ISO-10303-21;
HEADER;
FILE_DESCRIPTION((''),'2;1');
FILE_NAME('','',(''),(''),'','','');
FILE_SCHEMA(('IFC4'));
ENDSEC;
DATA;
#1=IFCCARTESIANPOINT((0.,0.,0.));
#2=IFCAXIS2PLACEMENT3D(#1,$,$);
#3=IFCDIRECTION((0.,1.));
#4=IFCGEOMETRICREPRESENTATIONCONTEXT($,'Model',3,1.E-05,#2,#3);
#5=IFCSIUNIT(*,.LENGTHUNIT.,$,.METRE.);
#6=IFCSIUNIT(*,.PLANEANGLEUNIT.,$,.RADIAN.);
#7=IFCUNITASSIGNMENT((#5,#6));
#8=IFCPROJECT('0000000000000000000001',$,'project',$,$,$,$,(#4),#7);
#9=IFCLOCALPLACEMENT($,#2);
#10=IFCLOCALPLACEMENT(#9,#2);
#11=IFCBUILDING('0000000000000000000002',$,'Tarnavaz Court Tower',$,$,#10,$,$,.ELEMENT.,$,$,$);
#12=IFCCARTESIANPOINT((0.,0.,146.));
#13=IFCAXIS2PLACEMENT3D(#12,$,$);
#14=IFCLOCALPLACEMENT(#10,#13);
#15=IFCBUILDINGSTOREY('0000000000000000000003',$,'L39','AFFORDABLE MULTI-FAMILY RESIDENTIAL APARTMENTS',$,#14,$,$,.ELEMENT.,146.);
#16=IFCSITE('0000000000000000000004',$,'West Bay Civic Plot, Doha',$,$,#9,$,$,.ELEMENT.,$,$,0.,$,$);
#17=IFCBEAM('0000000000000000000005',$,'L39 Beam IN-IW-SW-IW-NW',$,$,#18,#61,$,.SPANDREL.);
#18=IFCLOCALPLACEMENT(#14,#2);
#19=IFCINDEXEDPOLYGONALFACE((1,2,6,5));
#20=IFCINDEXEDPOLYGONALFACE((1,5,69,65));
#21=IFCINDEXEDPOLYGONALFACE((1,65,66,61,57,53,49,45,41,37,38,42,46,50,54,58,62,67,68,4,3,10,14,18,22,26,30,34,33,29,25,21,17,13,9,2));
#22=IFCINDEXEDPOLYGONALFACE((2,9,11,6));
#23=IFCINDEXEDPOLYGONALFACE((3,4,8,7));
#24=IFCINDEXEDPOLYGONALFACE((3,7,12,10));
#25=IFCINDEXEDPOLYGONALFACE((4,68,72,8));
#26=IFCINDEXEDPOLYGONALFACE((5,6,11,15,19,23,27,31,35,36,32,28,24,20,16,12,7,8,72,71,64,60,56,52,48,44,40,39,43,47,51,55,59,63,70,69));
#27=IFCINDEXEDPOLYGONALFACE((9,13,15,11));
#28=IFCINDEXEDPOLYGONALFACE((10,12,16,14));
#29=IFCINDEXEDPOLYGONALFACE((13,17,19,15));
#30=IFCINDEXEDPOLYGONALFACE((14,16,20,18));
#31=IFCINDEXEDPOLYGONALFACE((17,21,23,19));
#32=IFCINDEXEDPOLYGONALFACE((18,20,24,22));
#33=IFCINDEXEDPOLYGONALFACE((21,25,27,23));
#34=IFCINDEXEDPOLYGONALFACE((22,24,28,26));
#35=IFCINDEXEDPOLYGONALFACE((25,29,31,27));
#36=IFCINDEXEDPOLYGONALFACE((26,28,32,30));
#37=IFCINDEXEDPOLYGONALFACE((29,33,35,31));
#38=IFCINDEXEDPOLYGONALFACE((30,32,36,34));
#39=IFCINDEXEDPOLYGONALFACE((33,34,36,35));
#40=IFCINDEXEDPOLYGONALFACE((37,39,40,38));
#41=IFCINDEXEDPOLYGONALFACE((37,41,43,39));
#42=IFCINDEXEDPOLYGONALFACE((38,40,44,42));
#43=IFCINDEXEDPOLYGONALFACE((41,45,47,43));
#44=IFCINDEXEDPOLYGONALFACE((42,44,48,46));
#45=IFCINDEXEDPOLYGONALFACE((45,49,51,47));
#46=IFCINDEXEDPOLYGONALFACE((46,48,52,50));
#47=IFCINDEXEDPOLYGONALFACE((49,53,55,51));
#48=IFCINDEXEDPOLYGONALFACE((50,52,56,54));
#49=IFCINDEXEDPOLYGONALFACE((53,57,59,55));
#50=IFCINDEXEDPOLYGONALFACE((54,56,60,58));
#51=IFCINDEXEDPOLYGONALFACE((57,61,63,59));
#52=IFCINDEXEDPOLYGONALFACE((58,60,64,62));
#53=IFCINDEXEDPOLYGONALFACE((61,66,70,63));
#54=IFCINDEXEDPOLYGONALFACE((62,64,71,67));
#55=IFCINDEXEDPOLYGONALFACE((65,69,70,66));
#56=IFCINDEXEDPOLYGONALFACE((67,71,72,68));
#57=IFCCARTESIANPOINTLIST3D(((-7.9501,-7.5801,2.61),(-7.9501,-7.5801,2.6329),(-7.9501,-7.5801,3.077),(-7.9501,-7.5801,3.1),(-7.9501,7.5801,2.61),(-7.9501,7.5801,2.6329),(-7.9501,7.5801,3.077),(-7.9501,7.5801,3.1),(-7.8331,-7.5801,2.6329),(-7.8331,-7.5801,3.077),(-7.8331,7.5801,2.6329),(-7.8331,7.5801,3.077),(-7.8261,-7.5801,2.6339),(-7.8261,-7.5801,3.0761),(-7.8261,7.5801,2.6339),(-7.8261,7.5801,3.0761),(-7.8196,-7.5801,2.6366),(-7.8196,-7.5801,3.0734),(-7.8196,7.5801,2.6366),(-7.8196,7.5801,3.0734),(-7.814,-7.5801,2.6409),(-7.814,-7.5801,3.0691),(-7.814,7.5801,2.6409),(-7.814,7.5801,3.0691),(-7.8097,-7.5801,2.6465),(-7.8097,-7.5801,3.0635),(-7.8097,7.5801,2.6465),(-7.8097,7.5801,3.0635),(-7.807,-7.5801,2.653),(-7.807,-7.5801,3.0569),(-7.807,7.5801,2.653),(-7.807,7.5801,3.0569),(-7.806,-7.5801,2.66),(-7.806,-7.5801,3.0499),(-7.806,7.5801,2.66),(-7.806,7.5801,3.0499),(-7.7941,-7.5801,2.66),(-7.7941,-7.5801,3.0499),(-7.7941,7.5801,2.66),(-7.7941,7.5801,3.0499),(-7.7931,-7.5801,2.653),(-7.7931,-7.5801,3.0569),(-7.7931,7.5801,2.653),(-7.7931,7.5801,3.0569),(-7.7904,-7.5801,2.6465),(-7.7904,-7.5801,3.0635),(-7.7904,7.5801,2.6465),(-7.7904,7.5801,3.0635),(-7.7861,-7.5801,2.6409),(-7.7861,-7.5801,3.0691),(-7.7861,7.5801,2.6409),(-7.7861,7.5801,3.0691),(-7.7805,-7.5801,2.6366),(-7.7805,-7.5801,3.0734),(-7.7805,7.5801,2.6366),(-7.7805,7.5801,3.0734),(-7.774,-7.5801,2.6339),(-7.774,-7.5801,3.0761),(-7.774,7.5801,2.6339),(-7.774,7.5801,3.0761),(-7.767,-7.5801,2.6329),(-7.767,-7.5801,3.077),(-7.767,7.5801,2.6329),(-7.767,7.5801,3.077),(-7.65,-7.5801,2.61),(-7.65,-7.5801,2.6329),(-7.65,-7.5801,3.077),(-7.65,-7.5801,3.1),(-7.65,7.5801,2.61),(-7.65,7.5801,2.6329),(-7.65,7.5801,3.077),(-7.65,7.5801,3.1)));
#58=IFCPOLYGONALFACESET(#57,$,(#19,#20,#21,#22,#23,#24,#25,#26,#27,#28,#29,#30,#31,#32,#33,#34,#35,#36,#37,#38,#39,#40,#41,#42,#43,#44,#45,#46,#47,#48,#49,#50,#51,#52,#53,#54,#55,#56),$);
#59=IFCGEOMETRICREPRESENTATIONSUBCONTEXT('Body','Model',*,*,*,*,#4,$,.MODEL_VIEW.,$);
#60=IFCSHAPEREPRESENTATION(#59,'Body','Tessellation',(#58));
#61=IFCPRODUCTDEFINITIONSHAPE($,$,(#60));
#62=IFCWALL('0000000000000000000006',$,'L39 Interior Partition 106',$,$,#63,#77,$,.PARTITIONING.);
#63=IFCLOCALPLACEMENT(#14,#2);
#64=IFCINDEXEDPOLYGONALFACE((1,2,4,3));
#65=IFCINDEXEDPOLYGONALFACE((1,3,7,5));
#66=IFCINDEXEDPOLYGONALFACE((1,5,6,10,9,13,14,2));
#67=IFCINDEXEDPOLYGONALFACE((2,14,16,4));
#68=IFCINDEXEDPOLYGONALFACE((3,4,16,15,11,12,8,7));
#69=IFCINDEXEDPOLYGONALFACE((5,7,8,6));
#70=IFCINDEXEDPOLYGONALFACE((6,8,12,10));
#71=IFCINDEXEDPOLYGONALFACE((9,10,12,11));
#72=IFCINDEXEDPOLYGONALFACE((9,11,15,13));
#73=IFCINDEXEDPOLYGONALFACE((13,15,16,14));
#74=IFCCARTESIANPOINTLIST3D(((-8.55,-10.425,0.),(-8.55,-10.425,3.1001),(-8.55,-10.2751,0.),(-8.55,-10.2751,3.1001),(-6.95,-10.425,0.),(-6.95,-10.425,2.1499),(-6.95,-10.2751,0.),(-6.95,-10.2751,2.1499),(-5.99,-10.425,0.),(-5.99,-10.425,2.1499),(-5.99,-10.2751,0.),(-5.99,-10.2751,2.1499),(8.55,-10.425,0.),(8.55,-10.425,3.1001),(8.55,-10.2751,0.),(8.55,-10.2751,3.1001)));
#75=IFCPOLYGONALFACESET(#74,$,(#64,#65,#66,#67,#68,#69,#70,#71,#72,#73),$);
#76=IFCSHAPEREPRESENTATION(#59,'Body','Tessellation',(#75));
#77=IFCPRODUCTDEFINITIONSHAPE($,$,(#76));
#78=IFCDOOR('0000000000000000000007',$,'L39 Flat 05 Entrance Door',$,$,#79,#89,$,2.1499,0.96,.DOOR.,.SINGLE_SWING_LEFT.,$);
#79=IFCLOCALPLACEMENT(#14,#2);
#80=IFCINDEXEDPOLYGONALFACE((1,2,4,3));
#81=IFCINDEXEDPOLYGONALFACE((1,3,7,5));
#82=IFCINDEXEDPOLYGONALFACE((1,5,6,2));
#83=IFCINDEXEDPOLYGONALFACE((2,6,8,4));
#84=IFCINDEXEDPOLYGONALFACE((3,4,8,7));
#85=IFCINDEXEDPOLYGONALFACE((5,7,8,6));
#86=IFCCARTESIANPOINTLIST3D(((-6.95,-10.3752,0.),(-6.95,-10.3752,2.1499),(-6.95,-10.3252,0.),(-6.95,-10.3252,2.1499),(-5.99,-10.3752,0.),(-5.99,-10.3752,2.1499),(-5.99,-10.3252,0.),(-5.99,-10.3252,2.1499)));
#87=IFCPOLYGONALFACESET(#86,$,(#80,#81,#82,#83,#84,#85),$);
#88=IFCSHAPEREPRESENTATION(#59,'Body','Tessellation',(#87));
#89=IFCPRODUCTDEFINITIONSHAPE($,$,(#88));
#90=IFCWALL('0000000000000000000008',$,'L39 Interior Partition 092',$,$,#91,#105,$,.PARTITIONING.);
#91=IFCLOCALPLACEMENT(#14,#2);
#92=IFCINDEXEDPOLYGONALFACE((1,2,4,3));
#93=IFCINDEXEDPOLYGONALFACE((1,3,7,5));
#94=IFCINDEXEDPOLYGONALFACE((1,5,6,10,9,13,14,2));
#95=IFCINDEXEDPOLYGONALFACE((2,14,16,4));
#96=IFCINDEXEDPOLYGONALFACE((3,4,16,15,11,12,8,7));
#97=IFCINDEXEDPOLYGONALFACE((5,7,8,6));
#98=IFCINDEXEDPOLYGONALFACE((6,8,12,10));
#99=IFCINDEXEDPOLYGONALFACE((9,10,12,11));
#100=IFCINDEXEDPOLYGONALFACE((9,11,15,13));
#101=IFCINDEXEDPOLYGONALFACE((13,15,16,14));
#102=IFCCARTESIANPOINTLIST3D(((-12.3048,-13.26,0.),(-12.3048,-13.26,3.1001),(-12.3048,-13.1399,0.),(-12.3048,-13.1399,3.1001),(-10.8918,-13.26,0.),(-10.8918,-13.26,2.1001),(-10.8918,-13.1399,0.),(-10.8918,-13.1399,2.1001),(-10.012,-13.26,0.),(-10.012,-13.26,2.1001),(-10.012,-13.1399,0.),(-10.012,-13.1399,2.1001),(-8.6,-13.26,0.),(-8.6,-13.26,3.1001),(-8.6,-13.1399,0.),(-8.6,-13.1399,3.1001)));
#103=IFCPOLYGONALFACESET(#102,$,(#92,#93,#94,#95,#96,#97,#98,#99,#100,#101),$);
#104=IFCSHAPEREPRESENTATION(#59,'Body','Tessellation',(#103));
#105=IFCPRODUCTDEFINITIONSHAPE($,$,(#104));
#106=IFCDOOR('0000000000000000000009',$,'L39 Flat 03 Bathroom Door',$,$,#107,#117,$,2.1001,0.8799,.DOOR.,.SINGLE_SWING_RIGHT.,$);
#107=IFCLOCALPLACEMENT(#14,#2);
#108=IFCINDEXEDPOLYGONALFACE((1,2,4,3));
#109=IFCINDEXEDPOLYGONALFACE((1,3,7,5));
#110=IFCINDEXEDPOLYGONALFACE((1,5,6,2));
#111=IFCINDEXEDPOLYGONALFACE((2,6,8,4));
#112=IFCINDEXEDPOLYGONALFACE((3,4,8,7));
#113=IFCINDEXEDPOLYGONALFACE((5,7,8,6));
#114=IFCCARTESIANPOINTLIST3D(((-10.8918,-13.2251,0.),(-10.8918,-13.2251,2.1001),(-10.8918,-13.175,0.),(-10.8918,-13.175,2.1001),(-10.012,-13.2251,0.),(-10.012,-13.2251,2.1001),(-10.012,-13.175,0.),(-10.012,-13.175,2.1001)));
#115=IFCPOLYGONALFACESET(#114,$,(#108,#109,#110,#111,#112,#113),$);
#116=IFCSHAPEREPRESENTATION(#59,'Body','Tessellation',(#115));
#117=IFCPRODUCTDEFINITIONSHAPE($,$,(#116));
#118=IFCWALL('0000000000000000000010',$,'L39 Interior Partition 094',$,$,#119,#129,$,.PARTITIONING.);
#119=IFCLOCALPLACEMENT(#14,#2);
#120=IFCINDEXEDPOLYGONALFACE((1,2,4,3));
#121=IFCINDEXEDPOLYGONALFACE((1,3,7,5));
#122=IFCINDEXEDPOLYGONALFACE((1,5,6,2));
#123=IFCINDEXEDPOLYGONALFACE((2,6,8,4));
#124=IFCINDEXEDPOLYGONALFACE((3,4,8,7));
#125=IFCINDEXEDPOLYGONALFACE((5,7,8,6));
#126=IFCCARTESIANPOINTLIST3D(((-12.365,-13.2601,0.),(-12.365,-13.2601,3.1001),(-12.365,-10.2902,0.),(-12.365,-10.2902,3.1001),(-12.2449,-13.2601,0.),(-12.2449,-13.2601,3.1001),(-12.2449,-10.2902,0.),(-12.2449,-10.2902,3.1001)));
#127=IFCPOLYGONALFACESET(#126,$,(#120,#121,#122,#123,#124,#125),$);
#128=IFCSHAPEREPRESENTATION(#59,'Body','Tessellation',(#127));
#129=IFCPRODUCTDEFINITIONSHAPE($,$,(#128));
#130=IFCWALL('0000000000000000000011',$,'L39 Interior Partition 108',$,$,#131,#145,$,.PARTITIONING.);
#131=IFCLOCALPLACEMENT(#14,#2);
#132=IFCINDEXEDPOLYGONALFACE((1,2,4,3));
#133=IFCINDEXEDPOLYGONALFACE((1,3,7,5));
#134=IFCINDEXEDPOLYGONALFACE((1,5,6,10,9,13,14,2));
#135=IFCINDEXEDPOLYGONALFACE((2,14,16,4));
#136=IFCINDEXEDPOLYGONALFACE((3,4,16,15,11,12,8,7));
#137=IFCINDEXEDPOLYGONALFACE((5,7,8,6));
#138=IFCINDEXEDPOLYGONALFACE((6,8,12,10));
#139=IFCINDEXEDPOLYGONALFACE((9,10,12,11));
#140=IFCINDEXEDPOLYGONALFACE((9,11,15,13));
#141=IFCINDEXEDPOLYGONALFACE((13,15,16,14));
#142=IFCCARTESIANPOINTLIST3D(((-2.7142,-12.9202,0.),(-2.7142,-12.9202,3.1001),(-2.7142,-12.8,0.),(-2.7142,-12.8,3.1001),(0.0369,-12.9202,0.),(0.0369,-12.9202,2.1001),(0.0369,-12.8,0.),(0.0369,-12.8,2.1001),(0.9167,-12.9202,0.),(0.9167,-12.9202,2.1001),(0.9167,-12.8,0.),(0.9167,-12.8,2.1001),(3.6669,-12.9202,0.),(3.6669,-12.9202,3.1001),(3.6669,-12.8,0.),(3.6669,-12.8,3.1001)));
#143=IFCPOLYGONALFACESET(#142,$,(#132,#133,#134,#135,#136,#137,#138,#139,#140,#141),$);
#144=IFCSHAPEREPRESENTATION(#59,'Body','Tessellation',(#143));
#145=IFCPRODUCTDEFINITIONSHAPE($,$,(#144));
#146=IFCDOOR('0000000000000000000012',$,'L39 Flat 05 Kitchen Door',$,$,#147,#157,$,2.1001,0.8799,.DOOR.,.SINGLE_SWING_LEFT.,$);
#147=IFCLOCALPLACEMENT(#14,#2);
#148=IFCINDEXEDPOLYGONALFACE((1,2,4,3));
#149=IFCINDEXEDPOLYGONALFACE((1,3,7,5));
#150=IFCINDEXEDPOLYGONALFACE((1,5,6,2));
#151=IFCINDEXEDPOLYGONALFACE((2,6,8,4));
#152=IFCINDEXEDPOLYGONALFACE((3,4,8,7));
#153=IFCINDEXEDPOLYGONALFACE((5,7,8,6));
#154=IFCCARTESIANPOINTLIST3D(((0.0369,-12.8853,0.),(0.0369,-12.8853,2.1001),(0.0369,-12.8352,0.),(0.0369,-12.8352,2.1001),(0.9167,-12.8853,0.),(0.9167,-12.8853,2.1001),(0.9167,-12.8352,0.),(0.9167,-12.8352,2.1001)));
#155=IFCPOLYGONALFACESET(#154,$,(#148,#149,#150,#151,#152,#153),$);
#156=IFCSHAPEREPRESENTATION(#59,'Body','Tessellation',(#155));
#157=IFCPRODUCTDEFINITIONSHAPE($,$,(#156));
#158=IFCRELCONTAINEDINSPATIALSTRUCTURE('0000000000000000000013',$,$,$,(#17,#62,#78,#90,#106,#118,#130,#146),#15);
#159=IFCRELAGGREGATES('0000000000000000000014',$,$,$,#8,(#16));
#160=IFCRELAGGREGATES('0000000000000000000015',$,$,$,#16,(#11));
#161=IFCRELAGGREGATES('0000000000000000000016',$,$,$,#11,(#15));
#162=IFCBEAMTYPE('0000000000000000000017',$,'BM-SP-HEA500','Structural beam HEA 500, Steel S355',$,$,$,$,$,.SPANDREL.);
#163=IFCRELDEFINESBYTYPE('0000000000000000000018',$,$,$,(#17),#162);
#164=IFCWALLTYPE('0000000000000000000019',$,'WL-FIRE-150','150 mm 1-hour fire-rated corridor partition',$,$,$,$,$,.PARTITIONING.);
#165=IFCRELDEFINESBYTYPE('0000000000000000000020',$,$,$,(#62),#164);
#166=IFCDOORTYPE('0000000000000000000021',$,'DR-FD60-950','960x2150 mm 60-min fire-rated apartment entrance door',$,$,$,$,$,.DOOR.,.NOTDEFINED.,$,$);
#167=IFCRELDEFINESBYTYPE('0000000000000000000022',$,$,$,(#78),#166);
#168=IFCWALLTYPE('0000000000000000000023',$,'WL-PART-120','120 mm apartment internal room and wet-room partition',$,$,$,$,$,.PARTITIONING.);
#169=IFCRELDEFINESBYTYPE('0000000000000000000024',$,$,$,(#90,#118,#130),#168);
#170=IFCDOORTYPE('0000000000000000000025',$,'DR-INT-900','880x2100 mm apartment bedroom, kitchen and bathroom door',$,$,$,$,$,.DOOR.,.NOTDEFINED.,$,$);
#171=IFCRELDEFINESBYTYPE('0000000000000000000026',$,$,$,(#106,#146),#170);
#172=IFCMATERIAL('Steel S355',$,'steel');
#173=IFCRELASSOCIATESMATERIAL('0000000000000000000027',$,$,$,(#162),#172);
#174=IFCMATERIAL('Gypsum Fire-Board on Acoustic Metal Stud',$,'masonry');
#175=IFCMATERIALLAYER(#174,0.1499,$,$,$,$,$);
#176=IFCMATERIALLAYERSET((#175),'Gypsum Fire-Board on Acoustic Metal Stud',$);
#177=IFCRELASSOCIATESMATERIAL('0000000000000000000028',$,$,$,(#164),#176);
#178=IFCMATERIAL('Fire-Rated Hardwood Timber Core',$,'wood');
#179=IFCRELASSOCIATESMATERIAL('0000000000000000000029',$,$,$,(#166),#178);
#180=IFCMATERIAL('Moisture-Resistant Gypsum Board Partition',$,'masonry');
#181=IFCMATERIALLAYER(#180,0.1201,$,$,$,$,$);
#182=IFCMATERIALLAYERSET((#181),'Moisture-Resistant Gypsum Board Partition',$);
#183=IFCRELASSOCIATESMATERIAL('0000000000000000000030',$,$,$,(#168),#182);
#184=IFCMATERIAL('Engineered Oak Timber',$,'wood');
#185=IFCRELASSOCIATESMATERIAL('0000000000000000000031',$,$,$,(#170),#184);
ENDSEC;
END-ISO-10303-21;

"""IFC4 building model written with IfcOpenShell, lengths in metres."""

from ifc_helpers import new_model, si_unit, direction, frame, frame_2d, origin, origin_2d, place, context, subcontext, project, spatial, rectangle, i_section, extrude, material, layer, layer_set, material_profile, profile_set, type_object, element, fill, save


model = new_model("IFC4")

# Units and contexts
model_context = context("Model", 3, precision=1e-05, world=origin(), true_north=direction((0.0, 1.0)))
body_context = subcontext(model_context, "Body", "Model", "MODEL_VIEW")
ifc_project = project(units=[si_unit("LENGTHUNIT", "METRE"), si_unit("PLANEANGLEUNIT", "RADIAN")], contexts=[model_context])

# Site, building, storey
site_placement = place(None, origin())
site = spatial("IfcSite", under=ifc_project, at=site_placement, Name="West Bay Civic Plot, Doha", CompositionType="ELEMENT", RefElevation=0.0)
building_placement = place(site_placement, origin())
building = spatial("IfcBuilding", under=site, at=building_placement, Name="Tarnavaz Court Tower", CompositionType="ELEMENT")
storey_placement = place(building_placement, frame((0.0, 0.0, 146.0)))
storey = spatial("IfcBuildingStorey", under=building, at=storey_placement, Name="L39", Description="AFFORDABLE MULTI-FAMILY RESIDENTIAL APARTMENTS", CompositionType="ELEMENT", Elevation=146.0)

# Beam
ifc_material_1 = material(Name="Steel S355", Category="steel")
ifc_material_profile_1 = material_profile(ifc_material_1, i_section(OverallWidth=0.3, OverallDepth=0.49, WebThickness=0.012, FlangeThickness=0.0229, FilletRadius=0.0271, at=origin_2d()), Name="HEA 500")
ifc_profile_set_1 = profile_set([ifc_material_profile_1], Name="Steel S355")
beam_type_1 = type_object("IfcBeamType", Name="BM-SP-HEA500", Description="Structural beam HEA 500, Steel S355", PredefinedType="SPANDREL", material=ifc_profile_set_1)
for number, where, z_axis, x_axis, name in (
    (1, (-7.8, -7.5801, 2.855), (0.0, 1.0, 0.0), (-1.0, 0.0, 0.0), "L39 Beam IN-IW-SW-IW-NW"),
):
    element("IfcBeam", number, at=place(storey_placement, frame(where, z_axis=z_axis, x_axis=x_axis)), inside=storey, type_object=beam_type_1, Name=name, PredefinedType="SPANDREL", context=body_context, shape_type="SweptSolid", body=[
        extrude(i_section(OverallWidth=0.3, OverallDepth=0.49, WebThickness=0.012, FlangeThickness=0.0229, FilletRadius=0.0271, at=origin_2d()), origin(), (0.0, 0.0, 1.0), 15.1602),
    ])

# Walls, openings, doors
ifc_material_2 = material(Name="Gypsum Fire-Board on Acoustic Metal Stud", Category="masonry")
ifc_layer_1 = layer(ifc_material_2, 0.1499)
ifc_layer_set_1 = layer_set([ifc_layer_1], Name="Gypsum Fire-Board on Acoustic Metal Stud")
wall_type_1 = type_object("IfcWallType", Name="WL-FIRE-150", Description="150 mm 1-hour fire-rated corridor partition", PredefinedType="PARTITIONING", material=ifc_layer_set_1)
wall_1_placement = place(storey_placement, frame((-8.55, -10.3501, 0.0), z_axis=(0.0, 0.0, 1.0), x_axis=(1.0, 0.0, 0.0)))
wall_1 = element("IfcWall", 2, at=wall_1_placement, inside=storey, type_object=wall_type_1, Name="L39 Interior Partition 106", PredefinedType="PARTITIONING", context=body_context, shape_type="SweptSolid", body=[
    extrude(rectangle(XDim=17.1001, YDim=0.1499, at=frame_2d((8.55, 0.0))), origin(), (0.0, 0.0, 1.0), 3.1001),
])
opening_1_placement = place(wall_1_placement, frame((1.6001, 0.0, 0.0)))
opening_1 = element("IfcOpeningElement", 3, at=opening_1_placement, cuts=wall_1, PredefinedType="OPENING", context=body_context, shape_type="SweptSolid", body=[
    extrude(rectangle(XDim=0.96, YDim=2.1499, at=frame_2d((0.48, 1.075))), frame((0.0, 0.085, 0.0), z_axis=(0.0, -1.0, 0.0), x_axis=(1.0, 0.0, 0.0)), (0.0, 0.0, 1.0), 0.1699),
])
ifc_material_3 = material(Name="Fire-Rated Hardwood Timber Core", Category="wood")
door_type_1 = type_object("IfcDoorType", Name="DR-FD60-950", Description="960x2150 mm 60-min fire-rated apartment entrance door", OperationType="NOTDEFINED", PredefinedType="DOOR", material=ifc_material_3)
door_1_placement = place(opening_1_placement, origin())
door_1 = element("IfcDoor", 4, at=door_1_placement, inside=storey, type_object=door_type_1, Name="L39 Flat 05 Entrance Door", OperationType="SINGLE_SWING_LEFT", OverallHeight=2.1499, OverallWidth=0.96, PredefinedType="DOOR", context=body_context, shape_type="SweptSolid", body=[
    extrude(rectangle(XDim=0.96, YDim=2.1499, at=frame_2d((0.48, 1.075))), frame((0.0, 0.0249, 0.0), z_axis=(0.0, -1.0, 0.0), x_axis=(1.0, 0.0, 0.0)), (0.0, 0.0, 1.0), 0.05),
])
fill(opening_1, door_1)
ifc_material_4 = material(Name="Moisture-Resistant Gypsum Board Partition", Category="masonry")
ifc_layer_2 = layer(ifc_material_4, 0.1201)
ifc_layer_set_2 = layer_set([ifc_layer_2], Name="Moisture-Resistant Gypsum Board Partition")
wall_type_2 = type_object("IfcWallType", Name="WL-PART-120", Description="120 mm apartment internal room and wet-room partition", PredefinedType="PARTITIONING", material=ifc_layer_set_2)
wall_2_placement = place(storey_placement, frame((-12.3049, -13.2, 0.0), z_axis=(0.0, 0.0, 1.0), x_axis=(1.0, 0.0, 0.0)))
wall_2 = element("IfcWall", 5, at=wall_2_placement, inside=storey, type_object=wall_type_2, Name="L39 Interior Partition 092", PredefinedType="PARTITIONING", context=body_context, shape_type="SweptSolid", body=[
    extrude(rectangle(XDim=3.7048, YDim=0.1201, at=frame_2d((1.8525, 0.0))), origin(), (0.0, 0.0, 1.0), 3.1001),
])
opening_2_placement = place(wall_2_placement, frame((1.4131, 0.0, 0.0)))
opening_2 = element("IfcOpeningElement", 6, at=opening_2_placement, cuts=wall_2, PredefinedType="OPENING", context=body_context, shape_type="SweptSolid", body=[
    extrude(rectangle(XDim=0.8799, YDim=2.1001, at=frame_2d((0.4399, 1.05))), frame((0.0, 0.0701, 0.0), z_axis=(0.0, -1.0, 0.0), x_axis=(1.0, 0.0, 0.0)), (0.0, 0.0, 1.0), 0.1401),
])
ifc_material_5 = material(Name="Engineered Oak Timber", Category="wood")
door_type_2 = type_object("IfcDoorType", Name="DR-INT-900", Description="880x2100 mm apartment bedroom, kitchen and bathroom door", OperationType="NOTDEFINED", PredefinedType="DOOR", material=ifc_material_5)
door_2_placement = place(opening_2_placement, origin())
door_2 = element("IfcDoor", 7, at=door_2_placement, inside=storey, type_object=door_type_2, Name="L39 Flat 03 Bathroom Door", OperationType="SINGLE_SWING_RIGHT", OverallHeight=2.1001, OverallWidth=0.8799, PredefinedType="DOOR", context=body_context, shape_type="SweptSolid", body=[
    extrude(rectangle(XDim=0.8799, YDim=2.1001, at=frame_2d((0.4399, 1.05))), frame((0.0, 0.0249, 0.0), z_axis=(0.0, -1.0, 0.0), x_axis=(1.0, 0.0, 0.0)), (0.0, 0.0, 1.0), 0.05),
])
fill(opening_2, door_2)

# Wall
wall_3_placement = place(storey_placement, frame((-12.3049, -13.26, 0.0), z_axis=(0.0, 0.0, 1.0), x_axis=(0.0, 1.0, 0.0)))
element("IfcWall", 8, at=wall_3_placement, inside=storey, type_object=wall_type_2, Name="L39 Interior Partition 094", PredefinedType="PARTITIONING", context=body_context, shape_type="SweptSolid", body=[
    extrude(rectangle(XDim=2.97, YDim=0.1201, at=frame_2d((1.4849, 0.0))), origin(), (0.0, 0.0, 1.0), 3.1001),
])

# Wall, opening, door
wall_4_placement = place(storey_placement, frame((-2.7141, -12.8601, 0.0), z_axis=(0.0, 0.0, 1.0), x_axis=(1.0, 0.0, 0.0)))
wall_4 = element("IfcWall", 9, at=wall_4_placement, inside=storey, type_object=wall_type_2, Name="L39 Interior Partition 108", PredefinedType="PARTITIONING", context=body_context, shape_type="SweptSolid", body=[
    extrude(rectangle(XDim=6.3811, YDim=0.1201, at=frame_2d((3.1904, 0.0))), origin(), (0.0, 0.0, 1.0), 3.1001),
])
opening_3_placement = place(wall_4_placement, frame((2.751, 0.0, 0.0)))
opening_3 = element("IfcOpeningElement", 10, at=opening_3_placement, cuts=wall_4, PredefinedType="OPENING", context=body_context, shape_type="SweptSolid", body=[
    extrude(rectangle(XDim=0.8799, YDim=2.1001, at=frame_2d((0.4399, 1.05))), frame((0.0, 0.0701, 0.0), z_axis=(0.0, -1.0, 0.0), x_axis=(1.0, 0.0, 0.0)), (0.0, 0.0, 1.0), 0.1401),
])
door_3_placement = place(opening_3_placement, origin())
door_3 = element("IfcDoor", 11, at=door_3_placement, inside=storey, type_object=door_type_2, Name="L39 Flat 05 Kitchen Door", OperationType="SINGLE_SWING_LEFT", OverallHeight=2.1001, OverallWidth=0.8799, PredefinedType="DOOR", context=body_context, shape_type="SweptSolid", body=[
    extrude(rectangle(XDim=0.8799, YDim=2.1001, at=frame_2d((0.4399, 1.05))), frame((0.0, 0.0249, 0.0), z_axis=(0.0, -1.0, 0.0), x_axis=(1.0, 0.0, 0.0)), (0.0, 0.0, 1.0), 0.05),
])
fill(opening_3, door_3)

save(model, "model.ifc")
